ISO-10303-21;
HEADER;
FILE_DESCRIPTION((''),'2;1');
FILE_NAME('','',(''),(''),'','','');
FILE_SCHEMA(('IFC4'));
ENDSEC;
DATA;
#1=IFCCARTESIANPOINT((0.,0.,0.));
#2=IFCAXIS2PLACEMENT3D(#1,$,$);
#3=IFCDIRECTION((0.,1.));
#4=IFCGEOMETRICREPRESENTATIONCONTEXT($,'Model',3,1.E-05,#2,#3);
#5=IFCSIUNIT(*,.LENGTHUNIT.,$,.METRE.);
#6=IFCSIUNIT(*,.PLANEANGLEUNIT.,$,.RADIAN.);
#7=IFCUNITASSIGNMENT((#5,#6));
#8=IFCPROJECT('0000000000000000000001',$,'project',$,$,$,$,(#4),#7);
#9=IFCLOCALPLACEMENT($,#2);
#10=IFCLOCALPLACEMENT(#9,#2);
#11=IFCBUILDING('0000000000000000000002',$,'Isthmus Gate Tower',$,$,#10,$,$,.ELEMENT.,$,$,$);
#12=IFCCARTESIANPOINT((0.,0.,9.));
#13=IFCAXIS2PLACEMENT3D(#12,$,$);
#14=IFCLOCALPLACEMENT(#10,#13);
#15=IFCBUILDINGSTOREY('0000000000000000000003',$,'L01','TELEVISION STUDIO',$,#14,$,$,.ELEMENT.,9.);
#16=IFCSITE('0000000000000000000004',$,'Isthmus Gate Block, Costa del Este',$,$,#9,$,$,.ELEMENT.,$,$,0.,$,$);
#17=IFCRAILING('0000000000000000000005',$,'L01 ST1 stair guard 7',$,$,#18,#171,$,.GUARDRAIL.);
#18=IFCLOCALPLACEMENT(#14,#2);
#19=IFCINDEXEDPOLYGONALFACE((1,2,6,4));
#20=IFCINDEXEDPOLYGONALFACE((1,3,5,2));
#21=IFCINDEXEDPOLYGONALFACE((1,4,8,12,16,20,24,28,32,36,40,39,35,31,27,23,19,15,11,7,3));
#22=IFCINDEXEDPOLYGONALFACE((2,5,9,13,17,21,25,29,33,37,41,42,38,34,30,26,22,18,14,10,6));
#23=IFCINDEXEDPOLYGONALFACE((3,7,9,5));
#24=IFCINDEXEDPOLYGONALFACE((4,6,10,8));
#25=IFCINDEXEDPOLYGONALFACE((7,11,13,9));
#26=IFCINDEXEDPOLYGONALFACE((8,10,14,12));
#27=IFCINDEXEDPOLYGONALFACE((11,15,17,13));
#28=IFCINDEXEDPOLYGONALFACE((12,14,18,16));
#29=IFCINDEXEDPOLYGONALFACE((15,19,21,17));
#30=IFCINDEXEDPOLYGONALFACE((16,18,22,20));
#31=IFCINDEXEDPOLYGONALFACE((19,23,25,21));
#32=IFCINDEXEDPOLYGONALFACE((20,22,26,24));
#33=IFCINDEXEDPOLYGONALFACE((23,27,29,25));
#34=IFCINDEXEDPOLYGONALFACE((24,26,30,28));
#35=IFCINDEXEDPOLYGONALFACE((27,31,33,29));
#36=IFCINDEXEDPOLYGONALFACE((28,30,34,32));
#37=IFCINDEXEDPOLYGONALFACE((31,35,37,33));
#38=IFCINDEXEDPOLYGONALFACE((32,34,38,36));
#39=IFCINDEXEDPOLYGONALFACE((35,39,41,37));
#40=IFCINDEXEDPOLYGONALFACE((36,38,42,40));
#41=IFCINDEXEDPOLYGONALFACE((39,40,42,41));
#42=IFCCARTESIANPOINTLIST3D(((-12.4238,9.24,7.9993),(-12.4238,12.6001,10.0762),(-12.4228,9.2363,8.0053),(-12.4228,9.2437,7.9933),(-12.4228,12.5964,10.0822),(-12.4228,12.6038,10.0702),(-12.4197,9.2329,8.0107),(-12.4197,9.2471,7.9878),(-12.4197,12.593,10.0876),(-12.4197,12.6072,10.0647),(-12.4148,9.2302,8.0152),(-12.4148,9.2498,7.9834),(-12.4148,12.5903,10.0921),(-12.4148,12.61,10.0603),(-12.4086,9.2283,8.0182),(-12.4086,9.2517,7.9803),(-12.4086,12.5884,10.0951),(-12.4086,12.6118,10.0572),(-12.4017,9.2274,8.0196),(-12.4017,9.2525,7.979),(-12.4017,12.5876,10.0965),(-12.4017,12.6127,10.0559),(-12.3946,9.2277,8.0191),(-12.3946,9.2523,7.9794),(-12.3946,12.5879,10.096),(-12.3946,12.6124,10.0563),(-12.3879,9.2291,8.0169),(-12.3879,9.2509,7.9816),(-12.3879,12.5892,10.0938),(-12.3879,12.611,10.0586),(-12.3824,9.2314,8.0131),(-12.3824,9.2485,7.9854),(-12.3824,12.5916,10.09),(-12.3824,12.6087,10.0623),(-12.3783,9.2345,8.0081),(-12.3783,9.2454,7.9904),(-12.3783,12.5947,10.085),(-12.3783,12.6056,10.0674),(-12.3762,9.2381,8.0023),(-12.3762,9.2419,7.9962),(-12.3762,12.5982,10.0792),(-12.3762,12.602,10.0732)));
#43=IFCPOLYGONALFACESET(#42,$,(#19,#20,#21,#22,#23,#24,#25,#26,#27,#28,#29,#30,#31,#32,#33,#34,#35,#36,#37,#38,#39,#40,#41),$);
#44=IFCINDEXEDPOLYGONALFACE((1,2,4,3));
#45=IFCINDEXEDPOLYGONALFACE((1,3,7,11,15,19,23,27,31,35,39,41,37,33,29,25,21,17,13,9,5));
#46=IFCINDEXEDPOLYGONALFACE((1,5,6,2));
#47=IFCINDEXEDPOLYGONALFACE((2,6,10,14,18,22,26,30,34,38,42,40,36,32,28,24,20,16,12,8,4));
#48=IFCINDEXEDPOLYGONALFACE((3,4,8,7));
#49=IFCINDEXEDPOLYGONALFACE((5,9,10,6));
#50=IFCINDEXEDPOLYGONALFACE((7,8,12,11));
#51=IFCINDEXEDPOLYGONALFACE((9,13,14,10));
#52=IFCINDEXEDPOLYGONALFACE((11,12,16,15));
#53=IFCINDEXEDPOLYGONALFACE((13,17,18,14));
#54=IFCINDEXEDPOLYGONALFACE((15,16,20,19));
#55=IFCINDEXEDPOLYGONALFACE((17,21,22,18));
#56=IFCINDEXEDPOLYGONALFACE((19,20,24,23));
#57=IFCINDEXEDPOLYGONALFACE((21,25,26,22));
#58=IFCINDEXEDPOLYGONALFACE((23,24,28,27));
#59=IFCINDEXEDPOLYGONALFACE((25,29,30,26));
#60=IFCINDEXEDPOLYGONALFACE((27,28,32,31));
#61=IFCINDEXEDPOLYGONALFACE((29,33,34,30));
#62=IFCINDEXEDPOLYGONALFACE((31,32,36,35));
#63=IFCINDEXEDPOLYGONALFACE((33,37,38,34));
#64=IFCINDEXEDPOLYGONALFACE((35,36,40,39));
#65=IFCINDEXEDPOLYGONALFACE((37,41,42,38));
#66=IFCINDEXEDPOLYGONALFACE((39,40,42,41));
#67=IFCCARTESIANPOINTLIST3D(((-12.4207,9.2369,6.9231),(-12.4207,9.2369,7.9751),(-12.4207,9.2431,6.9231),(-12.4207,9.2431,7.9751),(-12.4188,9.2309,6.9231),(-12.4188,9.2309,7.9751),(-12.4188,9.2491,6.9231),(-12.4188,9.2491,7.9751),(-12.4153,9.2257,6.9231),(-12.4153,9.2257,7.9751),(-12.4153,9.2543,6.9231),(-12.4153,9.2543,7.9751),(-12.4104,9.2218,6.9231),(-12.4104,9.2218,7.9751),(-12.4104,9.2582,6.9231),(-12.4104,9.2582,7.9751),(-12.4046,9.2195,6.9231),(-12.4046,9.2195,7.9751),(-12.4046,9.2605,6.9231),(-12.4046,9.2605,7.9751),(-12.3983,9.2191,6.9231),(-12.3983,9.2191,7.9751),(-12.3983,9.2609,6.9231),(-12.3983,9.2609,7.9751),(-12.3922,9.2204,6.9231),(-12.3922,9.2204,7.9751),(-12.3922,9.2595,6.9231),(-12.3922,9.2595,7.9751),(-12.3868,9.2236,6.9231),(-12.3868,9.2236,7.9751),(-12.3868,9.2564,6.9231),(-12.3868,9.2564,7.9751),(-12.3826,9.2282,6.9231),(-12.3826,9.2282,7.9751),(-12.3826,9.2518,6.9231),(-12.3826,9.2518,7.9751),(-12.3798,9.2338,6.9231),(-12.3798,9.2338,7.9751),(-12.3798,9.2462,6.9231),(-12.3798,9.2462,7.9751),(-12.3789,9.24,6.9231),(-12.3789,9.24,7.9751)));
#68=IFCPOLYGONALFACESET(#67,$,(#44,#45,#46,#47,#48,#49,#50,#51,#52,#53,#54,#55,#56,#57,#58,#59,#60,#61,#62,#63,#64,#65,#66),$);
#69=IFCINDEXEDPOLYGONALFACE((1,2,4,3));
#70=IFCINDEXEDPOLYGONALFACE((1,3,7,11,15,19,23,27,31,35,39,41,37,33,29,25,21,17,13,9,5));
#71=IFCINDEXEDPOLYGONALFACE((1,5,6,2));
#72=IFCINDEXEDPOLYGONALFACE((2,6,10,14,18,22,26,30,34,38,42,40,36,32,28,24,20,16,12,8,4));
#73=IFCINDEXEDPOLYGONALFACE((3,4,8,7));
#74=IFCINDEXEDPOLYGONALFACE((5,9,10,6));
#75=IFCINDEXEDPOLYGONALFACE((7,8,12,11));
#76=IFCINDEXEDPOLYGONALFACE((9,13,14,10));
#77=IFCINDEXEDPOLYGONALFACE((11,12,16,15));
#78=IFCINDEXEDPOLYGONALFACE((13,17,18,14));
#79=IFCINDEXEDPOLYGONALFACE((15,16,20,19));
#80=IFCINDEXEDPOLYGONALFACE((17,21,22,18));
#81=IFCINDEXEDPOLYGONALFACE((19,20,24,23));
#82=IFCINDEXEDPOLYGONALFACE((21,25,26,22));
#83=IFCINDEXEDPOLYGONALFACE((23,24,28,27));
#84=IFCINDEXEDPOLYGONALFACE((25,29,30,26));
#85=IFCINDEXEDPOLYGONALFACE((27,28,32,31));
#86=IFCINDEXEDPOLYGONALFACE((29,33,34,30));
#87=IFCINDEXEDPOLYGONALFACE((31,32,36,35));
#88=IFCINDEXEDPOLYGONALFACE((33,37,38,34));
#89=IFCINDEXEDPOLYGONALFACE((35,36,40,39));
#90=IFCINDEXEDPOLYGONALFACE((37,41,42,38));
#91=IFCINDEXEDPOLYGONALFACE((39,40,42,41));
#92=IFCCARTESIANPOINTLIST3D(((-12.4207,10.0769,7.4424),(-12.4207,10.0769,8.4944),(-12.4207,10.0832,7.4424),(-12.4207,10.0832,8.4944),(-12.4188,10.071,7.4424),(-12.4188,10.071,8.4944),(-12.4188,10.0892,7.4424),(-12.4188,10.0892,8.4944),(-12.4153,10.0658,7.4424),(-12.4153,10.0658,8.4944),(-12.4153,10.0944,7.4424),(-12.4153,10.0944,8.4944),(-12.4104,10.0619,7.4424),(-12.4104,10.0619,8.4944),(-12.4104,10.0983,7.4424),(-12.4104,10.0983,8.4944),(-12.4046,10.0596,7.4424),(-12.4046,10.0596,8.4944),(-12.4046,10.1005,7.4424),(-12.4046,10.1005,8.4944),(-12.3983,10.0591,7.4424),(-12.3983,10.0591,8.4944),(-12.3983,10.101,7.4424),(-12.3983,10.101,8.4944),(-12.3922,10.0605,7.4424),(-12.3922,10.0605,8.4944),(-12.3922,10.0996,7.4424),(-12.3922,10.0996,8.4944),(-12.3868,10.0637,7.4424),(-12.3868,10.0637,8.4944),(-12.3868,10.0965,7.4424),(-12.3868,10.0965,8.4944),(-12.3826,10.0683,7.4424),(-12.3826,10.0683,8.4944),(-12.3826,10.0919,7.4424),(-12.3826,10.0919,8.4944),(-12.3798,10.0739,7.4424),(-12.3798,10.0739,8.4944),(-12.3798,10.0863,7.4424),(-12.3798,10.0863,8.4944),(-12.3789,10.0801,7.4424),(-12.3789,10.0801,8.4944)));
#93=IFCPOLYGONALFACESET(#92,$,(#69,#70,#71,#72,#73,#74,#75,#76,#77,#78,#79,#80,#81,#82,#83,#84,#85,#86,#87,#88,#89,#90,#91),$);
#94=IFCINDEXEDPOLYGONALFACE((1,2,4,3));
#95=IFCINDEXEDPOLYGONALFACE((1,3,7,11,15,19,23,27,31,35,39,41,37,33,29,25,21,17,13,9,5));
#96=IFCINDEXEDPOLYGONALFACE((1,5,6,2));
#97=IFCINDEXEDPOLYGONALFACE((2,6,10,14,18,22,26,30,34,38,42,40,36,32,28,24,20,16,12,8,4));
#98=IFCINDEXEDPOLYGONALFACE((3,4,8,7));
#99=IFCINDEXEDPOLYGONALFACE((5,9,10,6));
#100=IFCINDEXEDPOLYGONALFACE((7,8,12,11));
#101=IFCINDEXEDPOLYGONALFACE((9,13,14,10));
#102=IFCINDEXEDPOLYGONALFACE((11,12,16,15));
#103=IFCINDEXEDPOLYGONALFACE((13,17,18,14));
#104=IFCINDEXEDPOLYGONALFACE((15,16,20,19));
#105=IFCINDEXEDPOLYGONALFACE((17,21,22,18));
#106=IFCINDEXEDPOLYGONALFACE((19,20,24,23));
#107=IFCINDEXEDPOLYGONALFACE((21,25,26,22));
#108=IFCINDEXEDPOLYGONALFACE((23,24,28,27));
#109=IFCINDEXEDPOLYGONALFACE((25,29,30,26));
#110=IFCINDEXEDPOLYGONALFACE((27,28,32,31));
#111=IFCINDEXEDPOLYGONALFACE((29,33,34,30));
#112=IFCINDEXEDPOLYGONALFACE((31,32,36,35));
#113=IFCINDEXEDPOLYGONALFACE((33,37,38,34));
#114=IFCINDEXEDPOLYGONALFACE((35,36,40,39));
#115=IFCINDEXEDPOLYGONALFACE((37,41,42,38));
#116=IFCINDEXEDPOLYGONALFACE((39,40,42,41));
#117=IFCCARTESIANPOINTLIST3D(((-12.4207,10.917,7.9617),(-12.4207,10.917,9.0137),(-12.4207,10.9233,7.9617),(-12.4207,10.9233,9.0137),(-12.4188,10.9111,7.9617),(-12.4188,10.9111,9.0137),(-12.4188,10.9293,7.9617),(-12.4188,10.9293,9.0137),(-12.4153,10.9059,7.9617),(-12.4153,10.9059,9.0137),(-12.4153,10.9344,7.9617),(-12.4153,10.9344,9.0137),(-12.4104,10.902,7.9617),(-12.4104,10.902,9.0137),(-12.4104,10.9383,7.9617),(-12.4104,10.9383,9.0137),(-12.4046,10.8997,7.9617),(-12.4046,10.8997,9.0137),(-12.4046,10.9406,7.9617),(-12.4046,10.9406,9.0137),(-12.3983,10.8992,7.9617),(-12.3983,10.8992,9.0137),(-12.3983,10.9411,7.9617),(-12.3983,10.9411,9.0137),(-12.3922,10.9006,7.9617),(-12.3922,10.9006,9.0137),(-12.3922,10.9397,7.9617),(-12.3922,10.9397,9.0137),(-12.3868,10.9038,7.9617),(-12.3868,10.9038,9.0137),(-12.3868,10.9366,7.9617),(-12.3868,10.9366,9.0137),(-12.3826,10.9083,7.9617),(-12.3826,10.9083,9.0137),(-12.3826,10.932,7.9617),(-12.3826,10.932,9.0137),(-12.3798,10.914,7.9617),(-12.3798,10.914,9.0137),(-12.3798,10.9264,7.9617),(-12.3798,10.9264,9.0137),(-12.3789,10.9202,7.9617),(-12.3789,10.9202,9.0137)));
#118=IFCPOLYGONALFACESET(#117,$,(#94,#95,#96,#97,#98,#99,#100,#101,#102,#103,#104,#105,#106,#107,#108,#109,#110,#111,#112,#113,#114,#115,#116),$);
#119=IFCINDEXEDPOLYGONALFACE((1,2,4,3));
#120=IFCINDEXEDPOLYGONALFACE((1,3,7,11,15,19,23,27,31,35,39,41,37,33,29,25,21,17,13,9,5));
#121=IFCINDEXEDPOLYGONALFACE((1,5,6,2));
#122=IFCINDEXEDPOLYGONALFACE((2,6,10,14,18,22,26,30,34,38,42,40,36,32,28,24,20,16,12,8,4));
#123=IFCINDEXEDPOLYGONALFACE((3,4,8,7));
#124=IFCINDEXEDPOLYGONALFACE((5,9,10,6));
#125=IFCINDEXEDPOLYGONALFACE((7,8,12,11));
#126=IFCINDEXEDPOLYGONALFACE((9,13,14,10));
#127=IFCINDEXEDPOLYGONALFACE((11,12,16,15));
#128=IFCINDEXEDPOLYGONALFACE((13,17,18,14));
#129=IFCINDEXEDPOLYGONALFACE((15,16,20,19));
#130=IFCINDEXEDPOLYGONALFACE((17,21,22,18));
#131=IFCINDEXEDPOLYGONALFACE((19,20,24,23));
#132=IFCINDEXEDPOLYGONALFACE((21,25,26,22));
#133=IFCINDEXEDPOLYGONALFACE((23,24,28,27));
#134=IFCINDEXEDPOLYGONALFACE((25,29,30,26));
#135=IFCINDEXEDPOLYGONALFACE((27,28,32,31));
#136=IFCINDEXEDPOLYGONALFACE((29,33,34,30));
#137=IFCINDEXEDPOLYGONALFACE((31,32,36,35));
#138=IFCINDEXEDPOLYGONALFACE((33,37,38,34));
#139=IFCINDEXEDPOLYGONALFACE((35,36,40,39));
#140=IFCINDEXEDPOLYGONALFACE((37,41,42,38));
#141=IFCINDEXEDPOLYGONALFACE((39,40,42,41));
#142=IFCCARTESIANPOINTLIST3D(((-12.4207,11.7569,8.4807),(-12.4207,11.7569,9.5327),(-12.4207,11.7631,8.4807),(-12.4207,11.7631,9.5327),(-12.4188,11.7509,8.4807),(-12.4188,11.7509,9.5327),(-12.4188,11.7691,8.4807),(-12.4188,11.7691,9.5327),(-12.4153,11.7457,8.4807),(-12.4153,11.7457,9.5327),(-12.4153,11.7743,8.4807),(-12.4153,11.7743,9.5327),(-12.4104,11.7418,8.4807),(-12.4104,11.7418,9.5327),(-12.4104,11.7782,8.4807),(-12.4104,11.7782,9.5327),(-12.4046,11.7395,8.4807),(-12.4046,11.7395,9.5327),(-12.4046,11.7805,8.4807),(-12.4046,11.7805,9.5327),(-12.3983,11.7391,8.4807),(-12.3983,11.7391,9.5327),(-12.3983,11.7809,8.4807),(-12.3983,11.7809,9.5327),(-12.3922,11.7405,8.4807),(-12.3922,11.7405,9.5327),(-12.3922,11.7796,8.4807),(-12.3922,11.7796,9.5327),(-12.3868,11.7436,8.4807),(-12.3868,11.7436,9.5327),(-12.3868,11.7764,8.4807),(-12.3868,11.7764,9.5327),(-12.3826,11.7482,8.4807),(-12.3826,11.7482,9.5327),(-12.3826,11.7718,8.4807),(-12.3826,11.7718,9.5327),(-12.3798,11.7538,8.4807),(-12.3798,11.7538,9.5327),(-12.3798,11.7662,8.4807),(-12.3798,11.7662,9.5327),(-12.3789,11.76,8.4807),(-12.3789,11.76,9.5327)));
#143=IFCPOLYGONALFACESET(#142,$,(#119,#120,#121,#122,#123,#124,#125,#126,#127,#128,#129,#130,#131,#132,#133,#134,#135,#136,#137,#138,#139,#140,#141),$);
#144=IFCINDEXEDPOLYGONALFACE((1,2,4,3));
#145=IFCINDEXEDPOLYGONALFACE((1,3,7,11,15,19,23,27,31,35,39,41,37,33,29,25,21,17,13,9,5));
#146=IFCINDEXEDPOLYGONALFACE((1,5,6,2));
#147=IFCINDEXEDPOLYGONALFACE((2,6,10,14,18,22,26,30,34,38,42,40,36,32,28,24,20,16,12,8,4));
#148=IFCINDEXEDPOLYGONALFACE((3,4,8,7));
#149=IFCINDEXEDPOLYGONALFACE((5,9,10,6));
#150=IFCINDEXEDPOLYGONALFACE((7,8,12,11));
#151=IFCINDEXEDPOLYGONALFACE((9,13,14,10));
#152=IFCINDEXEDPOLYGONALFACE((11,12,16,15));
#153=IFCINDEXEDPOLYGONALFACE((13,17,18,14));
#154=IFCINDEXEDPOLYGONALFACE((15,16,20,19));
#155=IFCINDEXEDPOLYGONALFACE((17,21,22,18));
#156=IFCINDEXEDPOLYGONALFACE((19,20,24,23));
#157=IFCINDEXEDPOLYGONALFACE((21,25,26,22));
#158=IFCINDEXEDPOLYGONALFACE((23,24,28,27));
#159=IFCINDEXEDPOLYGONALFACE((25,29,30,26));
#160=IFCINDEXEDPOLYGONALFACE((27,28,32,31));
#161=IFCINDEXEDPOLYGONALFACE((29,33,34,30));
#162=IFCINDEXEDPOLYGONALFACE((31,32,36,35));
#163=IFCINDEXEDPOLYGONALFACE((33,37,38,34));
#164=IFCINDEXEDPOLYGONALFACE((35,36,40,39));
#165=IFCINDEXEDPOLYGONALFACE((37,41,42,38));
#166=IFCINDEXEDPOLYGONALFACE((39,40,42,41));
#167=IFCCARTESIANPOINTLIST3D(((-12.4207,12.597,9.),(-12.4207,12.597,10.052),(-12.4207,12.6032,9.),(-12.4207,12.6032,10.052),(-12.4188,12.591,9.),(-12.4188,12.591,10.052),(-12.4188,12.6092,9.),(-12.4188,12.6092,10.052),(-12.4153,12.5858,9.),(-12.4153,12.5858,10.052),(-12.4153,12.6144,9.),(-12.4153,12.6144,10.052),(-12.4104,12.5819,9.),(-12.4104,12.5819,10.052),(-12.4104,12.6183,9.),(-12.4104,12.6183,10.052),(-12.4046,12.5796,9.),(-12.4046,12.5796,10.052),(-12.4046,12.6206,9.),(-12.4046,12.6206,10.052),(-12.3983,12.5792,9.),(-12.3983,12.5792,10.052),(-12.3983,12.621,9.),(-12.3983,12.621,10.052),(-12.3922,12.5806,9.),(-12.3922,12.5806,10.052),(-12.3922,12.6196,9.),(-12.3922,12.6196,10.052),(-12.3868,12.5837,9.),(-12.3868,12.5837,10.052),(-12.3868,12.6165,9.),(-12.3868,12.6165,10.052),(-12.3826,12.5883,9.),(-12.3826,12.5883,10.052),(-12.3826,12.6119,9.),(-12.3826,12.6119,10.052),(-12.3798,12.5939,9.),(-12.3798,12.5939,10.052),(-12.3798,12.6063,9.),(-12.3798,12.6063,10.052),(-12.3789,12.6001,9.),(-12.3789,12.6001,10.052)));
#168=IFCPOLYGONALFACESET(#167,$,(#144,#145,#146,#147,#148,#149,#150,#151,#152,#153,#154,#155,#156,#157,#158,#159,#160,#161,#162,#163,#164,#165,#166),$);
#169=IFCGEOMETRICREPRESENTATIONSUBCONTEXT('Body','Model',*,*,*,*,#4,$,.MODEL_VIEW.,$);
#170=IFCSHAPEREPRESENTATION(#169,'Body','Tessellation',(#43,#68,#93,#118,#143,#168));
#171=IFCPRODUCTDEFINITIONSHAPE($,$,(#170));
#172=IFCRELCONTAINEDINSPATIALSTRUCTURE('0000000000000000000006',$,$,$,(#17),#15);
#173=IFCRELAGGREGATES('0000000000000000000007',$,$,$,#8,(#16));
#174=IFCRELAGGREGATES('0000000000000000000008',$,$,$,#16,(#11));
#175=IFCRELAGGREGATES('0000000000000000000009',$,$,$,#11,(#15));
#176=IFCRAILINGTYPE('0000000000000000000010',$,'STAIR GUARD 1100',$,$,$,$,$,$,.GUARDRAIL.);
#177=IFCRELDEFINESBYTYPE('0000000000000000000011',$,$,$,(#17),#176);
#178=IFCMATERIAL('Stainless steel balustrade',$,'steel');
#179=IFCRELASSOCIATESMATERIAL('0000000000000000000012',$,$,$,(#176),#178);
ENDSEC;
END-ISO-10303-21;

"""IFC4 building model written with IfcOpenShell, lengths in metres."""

from ifc_helpers import new_model, si_unit, direction, frame, origin, origin_2d, place, context, subcontext, project, spatial, circle, extrude, material, type_object, element, save


model = new_model("IFC4")

# Units and contexts
model_context = context("Model", 3, precision=1e-05, world=origin(), true_north=direction((0.0, 1.0)))
body_context = subcontext(model_context, "Body", "Model", "MODEL_VIEW")
ifc_project = project(units=[si_unit("LENGTHUNIT", "METRE"), si_unit("PLANEANGLEUNIT", "RADIAN")], contexts=[model_context])

# Site, building, storey
site_placement = place(None, origin())
site = spatial("IfcSite", under=ifc_project, at=site_placement, Name="Isthmus Gate Block, Costa del Este", CompositionType="ELEMENT", RefElevation=0.0)
building_placement = place(site_placement, origin())
building = spatial("IfcBuilding", under=site, at=building_placement, Name="Isthmus Gate Tower", CompositionType="ELEMENT")
storey_placement = place(building_placement, frame((0.0, 0.0, 9.0)))
storey = spatial("IfcBuildingStorey", under=building, at=storey_placement, Name="L01", Description="TELEVISION STUDIO", CompositionType="ELEMENT", Elevation=9.0)

# Railing
ifc_material_1 = material(Name="Stainless steel balustrade", Category="steel")
railing_type_1 = type_object("IfcRailingType", Name="STAIR GUARD 1100", PredefinedType="GUARDRAIL", material=ifc_material_1)
for number, where, name in (
    (1, (-12.3999, 9.24, 6.9231), "L01 ST1 stair guard 7"),
):
    element("IfcRailing", number, at=place(storey_placement, frame(where)), inside=storey, type_object=railing_type_1, Name=name, PredefinedType="GUARDRAIL", context=body_context, shape_type="SweptSolid", body=[
        extrude(circle(Radius=0.0239, at=origin_2d()), frame((0.0, 0.0, 1.0762), z_axis=(0.0, 0.850623, 0.525776), x_axis=(-1.0, 0.0, 0.0)), (0.0, 0.0, 1.0), 3.9502),
        extrude(circle(Radius=0.021, at=origin_2d()), origin(), (0.0, 0.0, 1.0), 1.052),
        extrude(circle(Radius=0.021, at=origin_2d()), frame((0.0, 0.8401, 0.5193)), (0.0, 0.0, 1.0), 1.052),
        extrude(circle(Radius=0.021, at=origin_2d()), frame((0.0, 1.6802, 1.0386)), (0.0, 0.0, 1.0), 1.052),
        extrude(circle(Radius=0.021, at=origin_2d()), frame((0.0, 2.52, 1.5576)), (0.0, 0.0, 1.0), 1.052),
        extrude(circle(Radius=0.021, at=origin_2d()), frame((0.0, 3.3601, 2.0769)), (0.0, 0.0, 1.0), 1.052),
    ])

save(model, "model.ifc")
